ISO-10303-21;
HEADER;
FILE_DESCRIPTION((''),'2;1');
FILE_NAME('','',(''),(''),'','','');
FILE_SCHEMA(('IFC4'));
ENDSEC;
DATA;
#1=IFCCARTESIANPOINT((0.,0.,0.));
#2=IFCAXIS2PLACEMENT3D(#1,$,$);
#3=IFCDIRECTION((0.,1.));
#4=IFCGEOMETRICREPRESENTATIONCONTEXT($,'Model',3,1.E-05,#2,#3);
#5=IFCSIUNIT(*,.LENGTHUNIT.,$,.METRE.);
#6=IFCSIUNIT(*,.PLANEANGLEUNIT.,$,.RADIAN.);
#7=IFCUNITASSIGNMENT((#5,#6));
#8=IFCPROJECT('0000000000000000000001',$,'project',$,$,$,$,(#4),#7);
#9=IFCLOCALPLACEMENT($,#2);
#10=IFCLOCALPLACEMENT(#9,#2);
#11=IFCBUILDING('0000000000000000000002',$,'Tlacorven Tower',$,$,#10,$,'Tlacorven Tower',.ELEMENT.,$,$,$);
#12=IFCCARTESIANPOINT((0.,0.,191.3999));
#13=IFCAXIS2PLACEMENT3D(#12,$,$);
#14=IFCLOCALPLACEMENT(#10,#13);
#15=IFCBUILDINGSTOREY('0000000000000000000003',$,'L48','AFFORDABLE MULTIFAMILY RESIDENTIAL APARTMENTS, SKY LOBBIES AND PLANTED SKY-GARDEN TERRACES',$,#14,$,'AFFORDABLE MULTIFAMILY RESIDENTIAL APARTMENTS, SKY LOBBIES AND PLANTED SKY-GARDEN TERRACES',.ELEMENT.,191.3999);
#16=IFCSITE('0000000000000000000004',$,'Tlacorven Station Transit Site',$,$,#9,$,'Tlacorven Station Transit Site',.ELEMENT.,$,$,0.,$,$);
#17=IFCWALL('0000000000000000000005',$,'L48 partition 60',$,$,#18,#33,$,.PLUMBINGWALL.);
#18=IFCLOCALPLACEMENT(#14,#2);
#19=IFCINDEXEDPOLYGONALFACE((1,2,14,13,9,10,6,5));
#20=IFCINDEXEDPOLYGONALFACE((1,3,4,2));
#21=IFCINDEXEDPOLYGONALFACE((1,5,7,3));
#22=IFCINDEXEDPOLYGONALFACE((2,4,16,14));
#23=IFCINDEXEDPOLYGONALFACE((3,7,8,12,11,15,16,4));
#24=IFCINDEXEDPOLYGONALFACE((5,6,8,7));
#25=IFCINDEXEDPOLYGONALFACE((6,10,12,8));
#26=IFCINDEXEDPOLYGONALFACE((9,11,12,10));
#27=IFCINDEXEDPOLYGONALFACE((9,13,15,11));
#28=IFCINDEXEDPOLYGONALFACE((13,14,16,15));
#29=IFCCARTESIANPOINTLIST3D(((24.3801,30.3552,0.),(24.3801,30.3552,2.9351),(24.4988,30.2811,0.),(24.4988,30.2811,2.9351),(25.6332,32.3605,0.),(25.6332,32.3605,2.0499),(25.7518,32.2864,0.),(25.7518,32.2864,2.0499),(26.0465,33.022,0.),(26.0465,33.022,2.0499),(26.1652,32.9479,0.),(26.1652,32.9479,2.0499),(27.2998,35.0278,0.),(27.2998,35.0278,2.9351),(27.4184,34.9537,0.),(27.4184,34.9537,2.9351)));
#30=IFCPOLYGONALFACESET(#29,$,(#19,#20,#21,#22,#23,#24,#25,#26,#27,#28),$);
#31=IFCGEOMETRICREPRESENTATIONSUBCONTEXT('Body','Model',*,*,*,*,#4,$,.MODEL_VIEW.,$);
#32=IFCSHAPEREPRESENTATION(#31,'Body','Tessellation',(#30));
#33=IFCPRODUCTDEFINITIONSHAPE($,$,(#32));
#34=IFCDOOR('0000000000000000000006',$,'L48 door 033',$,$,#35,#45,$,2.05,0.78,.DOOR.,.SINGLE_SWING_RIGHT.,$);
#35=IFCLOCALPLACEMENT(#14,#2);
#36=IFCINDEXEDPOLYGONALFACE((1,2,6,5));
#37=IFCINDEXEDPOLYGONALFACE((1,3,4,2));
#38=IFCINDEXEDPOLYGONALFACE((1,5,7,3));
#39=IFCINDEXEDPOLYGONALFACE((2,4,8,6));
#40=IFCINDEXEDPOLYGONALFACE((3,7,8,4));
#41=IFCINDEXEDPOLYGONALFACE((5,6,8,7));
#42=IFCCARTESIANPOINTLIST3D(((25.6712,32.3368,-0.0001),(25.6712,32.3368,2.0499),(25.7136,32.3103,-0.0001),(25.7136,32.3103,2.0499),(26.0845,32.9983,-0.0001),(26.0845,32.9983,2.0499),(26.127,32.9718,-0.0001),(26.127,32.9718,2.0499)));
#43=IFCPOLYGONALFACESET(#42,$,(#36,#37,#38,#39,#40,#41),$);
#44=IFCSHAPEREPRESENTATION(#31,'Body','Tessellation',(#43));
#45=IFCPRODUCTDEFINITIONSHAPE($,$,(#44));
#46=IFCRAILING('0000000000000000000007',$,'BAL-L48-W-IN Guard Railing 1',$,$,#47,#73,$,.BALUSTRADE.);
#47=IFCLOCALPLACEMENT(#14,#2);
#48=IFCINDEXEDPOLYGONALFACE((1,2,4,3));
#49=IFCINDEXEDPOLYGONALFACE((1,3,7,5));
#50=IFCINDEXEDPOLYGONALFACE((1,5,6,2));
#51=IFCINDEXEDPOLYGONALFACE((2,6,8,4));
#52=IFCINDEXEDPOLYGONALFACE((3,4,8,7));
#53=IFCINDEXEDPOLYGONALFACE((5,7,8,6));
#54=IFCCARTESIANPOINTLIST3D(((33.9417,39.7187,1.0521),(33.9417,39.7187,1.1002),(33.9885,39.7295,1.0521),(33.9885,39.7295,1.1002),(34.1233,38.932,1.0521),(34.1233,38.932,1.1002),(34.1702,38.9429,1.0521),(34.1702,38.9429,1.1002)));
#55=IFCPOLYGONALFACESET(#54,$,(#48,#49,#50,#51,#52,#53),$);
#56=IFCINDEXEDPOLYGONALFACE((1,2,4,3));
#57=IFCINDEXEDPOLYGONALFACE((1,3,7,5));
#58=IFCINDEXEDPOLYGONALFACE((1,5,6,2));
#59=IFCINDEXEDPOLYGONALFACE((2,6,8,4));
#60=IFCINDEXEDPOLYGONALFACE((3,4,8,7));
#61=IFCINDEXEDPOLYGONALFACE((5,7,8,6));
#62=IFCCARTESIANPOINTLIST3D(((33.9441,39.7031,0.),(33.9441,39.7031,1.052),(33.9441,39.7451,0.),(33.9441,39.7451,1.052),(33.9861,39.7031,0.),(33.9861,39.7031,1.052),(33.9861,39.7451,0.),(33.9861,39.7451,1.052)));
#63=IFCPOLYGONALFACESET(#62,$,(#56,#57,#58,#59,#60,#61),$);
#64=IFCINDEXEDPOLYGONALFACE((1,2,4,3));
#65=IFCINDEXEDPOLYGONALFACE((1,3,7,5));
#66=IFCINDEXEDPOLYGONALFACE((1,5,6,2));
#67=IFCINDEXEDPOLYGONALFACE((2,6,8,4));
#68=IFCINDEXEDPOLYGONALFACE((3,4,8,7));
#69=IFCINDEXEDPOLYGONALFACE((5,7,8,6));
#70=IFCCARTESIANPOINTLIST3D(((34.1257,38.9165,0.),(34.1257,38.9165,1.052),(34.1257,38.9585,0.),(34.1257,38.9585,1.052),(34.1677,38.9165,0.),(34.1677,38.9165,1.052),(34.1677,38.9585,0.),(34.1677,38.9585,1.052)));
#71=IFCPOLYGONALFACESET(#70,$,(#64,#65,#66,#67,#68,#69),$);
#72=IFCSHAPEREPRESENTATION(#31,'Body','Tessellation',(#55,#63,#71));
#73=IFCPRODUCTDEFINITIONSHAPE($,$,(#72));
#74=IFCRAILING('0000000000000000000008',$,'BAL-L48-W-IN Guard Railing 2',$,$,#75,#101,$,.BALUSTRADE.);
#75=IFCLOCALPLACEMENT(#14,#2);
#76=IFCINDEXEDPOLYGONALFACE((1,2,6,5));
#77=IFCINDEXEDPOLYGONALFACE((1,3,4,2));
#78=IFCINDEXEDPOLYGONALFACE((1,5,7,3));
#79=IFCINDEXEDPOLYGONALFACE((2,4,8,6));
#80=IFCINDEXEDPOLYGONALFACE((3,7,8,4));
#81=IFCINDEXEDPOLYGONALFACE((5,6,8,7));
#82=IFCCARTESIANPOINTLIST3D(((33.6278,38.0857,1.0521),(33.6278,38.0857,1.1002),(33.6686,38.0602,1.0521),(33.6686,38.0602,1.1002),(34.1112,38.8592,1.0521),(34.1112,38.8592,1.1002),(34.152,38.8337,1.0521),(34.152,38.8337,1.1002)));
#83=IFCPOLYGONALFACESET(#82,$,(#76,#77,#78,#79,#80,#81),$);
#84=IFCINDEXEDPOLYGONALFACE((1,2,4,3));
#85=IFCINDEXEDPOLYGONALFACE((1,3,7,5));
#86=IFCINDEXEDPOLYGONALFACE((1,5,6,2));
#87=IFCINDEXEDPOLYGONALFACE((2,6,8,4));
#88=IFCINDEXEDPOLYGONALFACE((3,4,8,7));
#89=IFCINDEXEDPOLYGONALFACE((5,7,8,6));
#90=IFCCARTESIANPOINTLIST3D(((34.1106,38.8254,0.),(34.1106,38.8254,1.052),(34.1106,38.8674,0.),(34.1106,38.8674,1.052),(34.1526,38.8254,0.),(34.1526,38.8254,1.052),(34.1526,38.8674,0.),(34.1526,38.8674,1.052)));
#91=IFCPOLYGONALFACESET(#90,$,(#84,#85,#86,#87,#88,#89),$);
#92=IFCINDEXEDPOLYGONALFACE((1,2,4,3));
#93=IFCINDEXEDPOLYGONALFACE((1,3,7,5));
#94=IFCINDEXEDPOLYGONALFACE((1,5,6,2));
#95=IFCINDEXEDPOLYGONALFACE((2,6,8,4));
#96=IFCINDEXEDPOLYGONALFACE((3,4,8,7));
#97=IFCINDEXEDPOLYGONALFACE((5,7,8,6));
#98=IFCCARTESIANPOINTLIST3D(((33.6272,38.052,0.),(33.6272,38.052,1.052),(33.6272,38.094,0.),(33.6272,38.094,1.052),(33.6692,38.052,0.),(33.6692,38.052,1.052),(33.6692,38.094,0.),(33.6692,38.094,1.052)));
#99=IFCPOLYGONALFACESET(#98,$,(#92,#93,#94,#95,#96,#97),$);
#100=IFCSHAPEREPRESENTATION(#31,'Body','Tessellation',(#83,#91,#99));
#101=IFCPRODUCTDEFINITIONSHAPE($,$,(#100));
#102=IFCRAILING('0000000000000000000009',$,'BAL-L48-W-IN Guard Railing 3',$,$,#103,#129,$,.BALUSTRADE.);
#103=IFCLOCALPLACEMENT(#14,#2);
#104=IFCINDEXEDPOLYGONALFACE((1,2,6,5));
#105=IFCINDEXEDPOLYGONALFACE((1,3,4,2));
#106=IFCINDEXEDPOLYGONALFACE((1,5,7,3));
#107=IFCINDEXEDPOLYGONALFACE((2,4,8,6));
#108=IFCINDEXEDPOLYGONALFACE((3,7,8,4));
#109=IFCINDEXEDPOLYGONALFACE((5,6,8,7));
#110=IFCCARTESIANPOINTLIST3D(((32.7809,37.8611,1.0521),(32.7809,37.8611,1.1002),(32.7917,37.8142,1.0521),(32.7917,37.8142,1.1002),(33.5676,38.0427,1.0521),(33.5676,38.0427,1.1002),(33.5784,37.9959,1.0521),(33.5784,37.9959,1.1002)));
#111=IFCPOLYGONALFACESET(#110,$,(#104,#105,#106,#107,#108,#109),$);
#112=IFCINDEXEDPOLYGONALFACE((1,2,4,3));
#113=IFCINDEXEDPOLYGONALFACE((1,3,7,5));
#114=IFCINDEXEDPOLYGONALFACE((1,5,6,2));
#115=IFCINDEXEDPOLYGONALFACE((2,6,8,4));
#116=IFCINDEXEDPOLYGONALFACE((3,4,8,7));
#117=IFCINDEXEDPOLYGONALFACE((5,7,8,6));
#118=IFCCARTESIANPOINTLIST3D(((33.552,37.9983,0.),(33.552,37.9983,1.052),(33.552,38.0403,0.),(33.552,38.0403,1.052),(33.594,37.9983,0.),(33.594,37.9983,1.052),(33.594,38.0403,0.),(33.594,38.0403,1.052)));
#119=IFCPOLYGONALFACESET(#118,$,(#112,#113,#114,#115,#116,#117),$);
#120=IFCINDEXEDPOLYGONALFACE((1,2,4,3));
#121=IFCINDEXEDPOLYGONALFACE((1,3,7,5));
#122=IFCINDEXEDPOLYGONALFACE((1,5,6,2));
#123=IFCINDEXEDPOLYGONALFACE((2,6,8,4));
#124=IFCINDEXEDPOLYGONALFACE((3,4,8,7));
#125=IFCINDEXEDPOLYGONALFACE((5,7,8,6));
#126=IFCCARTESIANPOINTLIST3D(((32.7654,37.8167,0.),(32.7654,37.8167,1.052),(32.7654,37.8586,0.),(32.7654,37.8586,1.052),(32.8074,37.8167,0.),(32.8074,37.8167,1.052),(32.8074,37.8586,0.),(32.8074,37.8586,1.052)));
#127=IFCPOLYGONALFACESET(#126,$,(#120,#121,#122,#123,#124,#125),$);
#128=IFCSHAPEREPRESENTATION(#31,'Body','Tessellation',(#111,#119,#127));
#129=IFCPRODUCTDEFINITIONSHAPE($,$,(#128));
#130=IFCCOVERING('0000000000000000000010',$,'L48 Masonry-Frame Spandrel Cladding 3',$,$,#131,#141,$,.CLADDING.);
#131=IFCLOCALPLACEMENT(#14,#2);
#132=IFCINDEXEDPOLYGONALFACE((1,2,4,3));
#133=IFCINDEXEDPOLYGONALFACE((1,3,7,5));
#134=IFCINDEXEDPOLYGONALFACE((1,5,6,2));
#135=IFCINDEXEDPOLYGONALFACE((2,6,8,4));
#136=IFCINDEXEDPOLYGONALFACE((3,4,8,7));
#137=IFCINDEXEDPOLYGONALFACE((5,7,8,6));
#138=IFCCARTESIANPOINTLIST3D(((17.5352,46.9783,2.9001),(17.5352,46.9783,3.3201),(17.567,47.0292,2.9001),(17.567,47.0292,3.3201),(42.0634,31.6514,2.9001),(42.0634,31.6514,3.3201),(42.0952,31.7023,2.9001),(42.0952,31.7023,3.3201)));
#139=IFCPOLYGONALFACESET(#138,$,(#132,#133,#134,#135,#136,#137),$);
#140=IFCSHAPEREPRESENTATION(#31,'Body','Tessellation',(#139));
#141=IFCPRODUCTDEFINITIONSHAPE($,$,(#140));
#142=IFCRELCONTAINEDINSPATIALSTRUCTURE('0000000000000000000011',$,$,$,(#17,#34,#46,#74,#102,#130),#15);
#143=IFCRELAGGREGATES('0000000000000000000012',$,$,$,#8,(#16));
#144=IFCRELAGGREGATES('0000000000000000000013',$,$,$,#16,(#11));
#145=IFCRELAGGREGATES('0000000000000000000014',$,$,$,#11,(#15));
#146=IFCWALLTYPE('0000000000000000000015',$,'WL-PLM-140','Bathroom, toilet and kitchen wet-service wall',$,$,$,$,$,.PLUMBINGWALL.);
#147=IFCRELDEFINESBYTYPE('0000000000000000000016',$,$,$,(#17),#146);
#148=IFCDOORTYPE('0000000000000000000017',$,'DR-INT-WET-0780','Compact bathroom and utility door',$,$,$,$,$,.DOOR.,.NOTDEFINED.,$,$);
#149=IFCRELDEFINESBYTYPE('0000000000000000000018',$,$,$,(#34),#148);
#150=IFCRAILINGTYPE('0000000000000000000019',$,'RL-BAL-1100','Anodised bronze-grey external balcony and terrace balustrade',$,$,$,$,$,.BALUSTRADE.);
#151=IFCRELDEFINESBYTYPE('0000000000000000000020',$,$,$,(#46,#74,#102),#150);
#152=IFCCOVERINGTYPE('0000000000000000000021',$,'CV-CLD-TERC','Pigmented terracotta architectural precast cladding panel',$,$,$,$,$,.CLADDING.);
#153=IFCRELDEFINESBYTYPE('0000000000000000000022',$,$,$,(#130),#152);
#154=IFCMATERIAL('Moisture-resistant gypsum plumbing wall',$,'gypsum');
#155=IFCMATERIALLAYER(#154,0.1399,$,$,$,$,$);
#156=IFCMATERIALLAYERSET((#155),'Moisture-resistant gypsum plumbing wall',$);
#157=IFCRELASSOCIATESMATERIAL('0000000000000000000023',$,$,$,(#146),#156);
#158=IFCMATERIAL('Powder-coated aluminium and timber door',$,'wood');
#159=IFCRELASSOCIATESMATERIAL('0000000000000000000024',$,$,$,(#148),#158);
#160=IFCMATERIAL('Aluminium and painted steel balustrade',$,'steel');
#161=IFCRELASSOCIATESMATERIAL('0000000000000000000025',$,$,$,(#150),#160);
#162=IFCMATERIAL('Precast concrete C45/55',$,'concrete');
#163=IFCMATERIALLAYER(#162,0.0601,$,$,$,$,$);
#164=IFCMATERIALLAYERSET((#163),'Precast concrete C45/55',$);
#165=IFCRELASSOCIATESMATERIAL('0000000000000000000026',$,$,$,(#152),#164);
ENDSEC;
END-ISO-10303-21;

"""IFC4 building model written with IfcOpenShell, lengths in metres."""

from ifc_helpers import new_model, si_unit, direction, frame, frame_2d, origin, origin_2d, place, context, subcontext, project, spatial, rectangle, extrude, source, transform, mapped, material, layer, layer_set, type_object, element, fill, save


model = new_model("IFC4")

# Units and contexts
model_context = context("Model", 3, precision=1e-05, world=origin(), true_north=direction((0.0, 1.0)))
body_context = subcontext(model_context, "Body", "Model", "MODEL_VIEW")
ifc_project = project(units=[si_unit("LENGTHUNIT", "METRE"), si_unit("PLANEANGLEUNIT", "RADIAN")], contexts=[model_context])

# Site, building, storey
site_placement = place(None, origin())
site = spatial("IfcSite", under=ifc_project, at=site_placement, Name="Tlacorven Station Transit Site", LongName="Tlacorven Station Transit Site", CompositionType="ELEMENT", RefElevation=0.0)
building_placement = place(site_placement, origin())
building = spatial("IfcBuilding", under=site, at=building_placement, Name="Tlacorven Tower", LongName="Tlacorven Tower", CompositionType="ELEMENT")
storey_placement = place(building_placement, frame((0.0, 0.0, 191.3999)))
storey = spatial("IfcBuildingStorey", under=building, at=storey_placement, Name="L48", Description="AFFORDABLE MULTIFAMILY RESIDENTIAL APARTMENTS, SKY LOBBIES AND PLANTED SKY-GARDEN TERRACES", LongName="AFFORDABLE MULTIFAMILY RESIDENTIAL APARTMENTS, SKY LOBBIES AND PLANTED SKY-GARDEN TERRACES", CompositionType="ELEMENT", Elevation=191.3999)

# Wall, opening, door
ifc_material_1 = material(Name="Powder-coated aluminium and timber door", Category="wood")
ifc_material_2 = material(Name="Moisture-resistant gypsum plumbing wall", Category="gypsum")
ifc_layer_1 = layer(ifc_material_2, 0.1399)
ifc_layer_set_1 = layer_set([ifc_layer_1], Name="Moisture-resistant gypsum plumbing wall")
wall_type_1 = type_object("IfcWallType", Name="WL-PLM-140", Description="Bathroom, toilet and kitchen wet-service wall", PredefinedType="PLUMBINGWALL", material=ifc_layer_set_1)
wall_1_placement = place(storey_placement, frame((27.3591, 34.9907, 0.0), z_axis=(0.0, 0.0, 1.0), x_axis=(-0.529907, -0.848056, 0.0)))
wall_1 = element("IfcWall", 1, at=wall_1_placement, inside=storey, type_object=wall_type_1, Name="L48 partition 60", PredefinedType="PLUMBINGWALL", context=body_context, shape_type="SweptSolid", body=[
    extrude(rectangle(XDim=5.5098, YDim=0.1399, at=frame_2d((2.7549, 0.0))), origin(), (0.0, 0.0, 1.0), 2.9351),
])
opening_1_placement = place(wall_1_placement, frame((2.365, 0.0, 0.0)))
opening_1 = element("IfcOpeningElement", 2, at=opening_1_placement, cuts=wall_1, PredefinedType="OPENING", context=body_context, shape_type="SweptSolid", body=[
    extrude(rectangle(XDim=0.78, YDim=2.05, at=frame_2d((0.3901, 1.0249))), frame((0.0, 0.0801, 0.0), z_axis=(0.0, -1.0, 0.0), x_axis=(1.0, 0.0, 0.0)), (0.0, 0.0, 1.0), 0.1599),
])
door_type_1 = type_object("IfcDoorType", Name="DR-INT-WET-0780", Description="Compact bathroom and utility door", OperationType="NOTDEFINED", PredefinedType="DOOR", material=ifc_material_1)
shared_shape_1 = source(origin(), body_context, "Body", "SweptSolid", [
    extrude(rectangle(XDim=0.78, YDim=2.05, at=frame_2d((0.3901, 1.0249))), frame((0.0, 0.0249, 0.0), z_axis=(0.0, -1.0, 0.0), x_axis=(1.0, 0.0, 0.0)), (0.0, 0.0, 1.0), 0.05),
])
door_1_placement = place(opening_1_placement, origin())
door_1 = element("IfcDoor", 3, at=door_1_placement, inside=storey, type_object=door_type_1, Name="L48 door 033", OperationType="SINGLE_SWING_RIGHT", OverallHeight=2.05, OverallWidth=0.78, PredefinedType="DOOR", context=body_context, shape_type="MappedRepresentation", body=[
    mapped(shared_shape_1, transform((0.0, 0.0, 0.0), scale=1.0)),
])
fill(opening_1, door_1)

# Railings
ifc_material_3 = material(Name="Aluminium and painted steel balustrade", Category="steel")
railing_type = type_object("IfcRailingType", Name="RL-BAL-1100", Description="Anodised bronze-grey external balcony and terrace balustrade", PredefinedType="BALUSTRADE", material=ifc_material_3)
shared_shape_2 = source(origin(), body_context, "Body", "SweptSolid", [
    extrude(rectangle(XDim=0.0481, YDim=0.0481, at=origin_2d()), frame((0.0, 0.0, 1.0762), z_axis=(0.224992, -0.974361, 0.0), x_axis=(0.974361, 0.224992, 0.0)), (0.0, 0.0, 1.0), 0.8074),
    extrude(rectangle(XDim=0.042, YDim=0.042, at=origin_2d()), origin(), (0.0, 0.0, 1.0), 1.052),
    extrude(rectangle(XDim=0.042, YDim=0.042, at=origin_2d()), frame((0.1816, -0.7866, 0.0)), (0.0, 0.0, 1.0), 1.052),
])
railing_1_placement = place(storey_placement, frame((33.9651, 39.7241, 0.0)))
element("IfcRailing", 4, at=railing_1_placement, inside=storey, type_object=railing_type, Name="BAL-L48-W-IN Guard Railing 1", PredefinedType="BALUSTRADE", context=body_context, shape_type="MappedRepresentation", body=[
    mapped(shared_shape_2, transform((0.0, 0.0, 0.0), scale=1.0)),
])
shared_shape_3 = source(origin(), body_context, "Body", "SweptSolid", [
    extrude(rectangle(XDim=0.0481, YDim=0.0481, at=origin_2d()), frame((0.0, 0.0, 1.0762), z_axis=(-0.529999, -0.847998, 0.0), x_axis=(0.847998, -0.529999, 0.0)), (0.0, 0.0, 1.0), 0.9121),
    extrude(rectangle(XDim=0.042, YDim=0.042, at=origin_2d()), origin(), (0.0, 0.0, 1.0), 1.052),
    extrude(rectangle(XDim=0.042, YDim=0.042, at=origin_2d()), frame((-0.4834, -0.7734, 0.0)), (0.0, 0.0, 1.0), 1.052),
])
railing_2_placement = place(storey_placement, frame((34.1316, 38.8464, 0.0)))
element("IfcRailing", 5, at=railing_2_placement, inside=storey, type_object=railing_type, Name="BAL-L48-W-IN Guard Railing 2", PredefinedType="BALUSTRADE", context=body_context, shape_type="MappedRepresentation", body=[
    mapped(shared_shape_3, transform((0.0, 0.0, 0.0), scale=1.0)),
])
shared_shape_4 = source(origin(), body_context, "Body", "SweptSolid", [
    extrude(rectangle(XDim=0.0481, YDim=0.0481, at=origin_2d()), frame((0.0, 0.0, 1.0762), z_axis=(-0.974361, -0.224992, 0.0), x_axis=(0.224992, -0.974361, 0.0)), (0.0, 0.0, 1.0), 0.8074),
    extrude(rectangle(XDim=0.042, YDim=0.042, at=origin_2d()), origin(), (0.0, 0.0, 1.0), 1.052),
    extrude(rectangle(XDim=0.042, YDim=0.042, at=origin_2d()), frame((-0.7866, -0.1816, 0.0)), (0.0, 0.0, 1.0), 1.052),
])
railing_3_placement = place(storey_placement, frame((33.573, 38.0193, 0.0)))
element("IfcRailing", 6, at=railing_3_placement, inside=storey, type_object=railing_type, Name="BAL-L48-W-IN Guard Railing 3", PredefinedType="BALUSTRADE", context=body_context, shape_type="MappedRepresentation", body=[
    mapped(shared_shape_4, transform((0.0, 0.0, 0.0), scale=1.0)),
])

# Covering
ifc_material_4 = material(Name="Precast concrete C45/55", Category="concrete")
ifc_layer_2 = layer(ifc_material_4, 0.0601)
ifc_layer_set_2 = layer_set([ifc_layer_2], Name="Precast concrete C45/55")
covering_type = type_object("IfcCoveringType", Name="CV-CLD-TERC", Description="Pigmented terracotta architectural precast cladding panel", PredefinedType="CLADDING", material=ifc_layer_set_2)
shared_shape_5 = source(origin(), body_context, "Body", "SweptSolid", [
    extrude(rectangle(XDim=28.9231, YDim=0.0601, at=origin_2d()), origin(), (0.0, 0.0, 1.0), 0.4199),
])
covering_placement = place(storey_placement, frame((29.8152, 39.3403, 2.9001), z_axis=(0.0, 0.0, 1.0), x_axis=(0.848048, -0.529919, 0.0)))
element("IfcCovering", 7, at=covering_placement, inside=storey, type_object=covering_type, Name="L48 Masonry-Frame Spandrel Cladding 3", PredefinedType="CLADDING", context=body_context, shape_type="MappedRepresentation", body=[
    mapped(shared_shape_5, transform((0.0, 0.0, 0.0), scale=1.0)),
])

save(model, "model.ifc")
